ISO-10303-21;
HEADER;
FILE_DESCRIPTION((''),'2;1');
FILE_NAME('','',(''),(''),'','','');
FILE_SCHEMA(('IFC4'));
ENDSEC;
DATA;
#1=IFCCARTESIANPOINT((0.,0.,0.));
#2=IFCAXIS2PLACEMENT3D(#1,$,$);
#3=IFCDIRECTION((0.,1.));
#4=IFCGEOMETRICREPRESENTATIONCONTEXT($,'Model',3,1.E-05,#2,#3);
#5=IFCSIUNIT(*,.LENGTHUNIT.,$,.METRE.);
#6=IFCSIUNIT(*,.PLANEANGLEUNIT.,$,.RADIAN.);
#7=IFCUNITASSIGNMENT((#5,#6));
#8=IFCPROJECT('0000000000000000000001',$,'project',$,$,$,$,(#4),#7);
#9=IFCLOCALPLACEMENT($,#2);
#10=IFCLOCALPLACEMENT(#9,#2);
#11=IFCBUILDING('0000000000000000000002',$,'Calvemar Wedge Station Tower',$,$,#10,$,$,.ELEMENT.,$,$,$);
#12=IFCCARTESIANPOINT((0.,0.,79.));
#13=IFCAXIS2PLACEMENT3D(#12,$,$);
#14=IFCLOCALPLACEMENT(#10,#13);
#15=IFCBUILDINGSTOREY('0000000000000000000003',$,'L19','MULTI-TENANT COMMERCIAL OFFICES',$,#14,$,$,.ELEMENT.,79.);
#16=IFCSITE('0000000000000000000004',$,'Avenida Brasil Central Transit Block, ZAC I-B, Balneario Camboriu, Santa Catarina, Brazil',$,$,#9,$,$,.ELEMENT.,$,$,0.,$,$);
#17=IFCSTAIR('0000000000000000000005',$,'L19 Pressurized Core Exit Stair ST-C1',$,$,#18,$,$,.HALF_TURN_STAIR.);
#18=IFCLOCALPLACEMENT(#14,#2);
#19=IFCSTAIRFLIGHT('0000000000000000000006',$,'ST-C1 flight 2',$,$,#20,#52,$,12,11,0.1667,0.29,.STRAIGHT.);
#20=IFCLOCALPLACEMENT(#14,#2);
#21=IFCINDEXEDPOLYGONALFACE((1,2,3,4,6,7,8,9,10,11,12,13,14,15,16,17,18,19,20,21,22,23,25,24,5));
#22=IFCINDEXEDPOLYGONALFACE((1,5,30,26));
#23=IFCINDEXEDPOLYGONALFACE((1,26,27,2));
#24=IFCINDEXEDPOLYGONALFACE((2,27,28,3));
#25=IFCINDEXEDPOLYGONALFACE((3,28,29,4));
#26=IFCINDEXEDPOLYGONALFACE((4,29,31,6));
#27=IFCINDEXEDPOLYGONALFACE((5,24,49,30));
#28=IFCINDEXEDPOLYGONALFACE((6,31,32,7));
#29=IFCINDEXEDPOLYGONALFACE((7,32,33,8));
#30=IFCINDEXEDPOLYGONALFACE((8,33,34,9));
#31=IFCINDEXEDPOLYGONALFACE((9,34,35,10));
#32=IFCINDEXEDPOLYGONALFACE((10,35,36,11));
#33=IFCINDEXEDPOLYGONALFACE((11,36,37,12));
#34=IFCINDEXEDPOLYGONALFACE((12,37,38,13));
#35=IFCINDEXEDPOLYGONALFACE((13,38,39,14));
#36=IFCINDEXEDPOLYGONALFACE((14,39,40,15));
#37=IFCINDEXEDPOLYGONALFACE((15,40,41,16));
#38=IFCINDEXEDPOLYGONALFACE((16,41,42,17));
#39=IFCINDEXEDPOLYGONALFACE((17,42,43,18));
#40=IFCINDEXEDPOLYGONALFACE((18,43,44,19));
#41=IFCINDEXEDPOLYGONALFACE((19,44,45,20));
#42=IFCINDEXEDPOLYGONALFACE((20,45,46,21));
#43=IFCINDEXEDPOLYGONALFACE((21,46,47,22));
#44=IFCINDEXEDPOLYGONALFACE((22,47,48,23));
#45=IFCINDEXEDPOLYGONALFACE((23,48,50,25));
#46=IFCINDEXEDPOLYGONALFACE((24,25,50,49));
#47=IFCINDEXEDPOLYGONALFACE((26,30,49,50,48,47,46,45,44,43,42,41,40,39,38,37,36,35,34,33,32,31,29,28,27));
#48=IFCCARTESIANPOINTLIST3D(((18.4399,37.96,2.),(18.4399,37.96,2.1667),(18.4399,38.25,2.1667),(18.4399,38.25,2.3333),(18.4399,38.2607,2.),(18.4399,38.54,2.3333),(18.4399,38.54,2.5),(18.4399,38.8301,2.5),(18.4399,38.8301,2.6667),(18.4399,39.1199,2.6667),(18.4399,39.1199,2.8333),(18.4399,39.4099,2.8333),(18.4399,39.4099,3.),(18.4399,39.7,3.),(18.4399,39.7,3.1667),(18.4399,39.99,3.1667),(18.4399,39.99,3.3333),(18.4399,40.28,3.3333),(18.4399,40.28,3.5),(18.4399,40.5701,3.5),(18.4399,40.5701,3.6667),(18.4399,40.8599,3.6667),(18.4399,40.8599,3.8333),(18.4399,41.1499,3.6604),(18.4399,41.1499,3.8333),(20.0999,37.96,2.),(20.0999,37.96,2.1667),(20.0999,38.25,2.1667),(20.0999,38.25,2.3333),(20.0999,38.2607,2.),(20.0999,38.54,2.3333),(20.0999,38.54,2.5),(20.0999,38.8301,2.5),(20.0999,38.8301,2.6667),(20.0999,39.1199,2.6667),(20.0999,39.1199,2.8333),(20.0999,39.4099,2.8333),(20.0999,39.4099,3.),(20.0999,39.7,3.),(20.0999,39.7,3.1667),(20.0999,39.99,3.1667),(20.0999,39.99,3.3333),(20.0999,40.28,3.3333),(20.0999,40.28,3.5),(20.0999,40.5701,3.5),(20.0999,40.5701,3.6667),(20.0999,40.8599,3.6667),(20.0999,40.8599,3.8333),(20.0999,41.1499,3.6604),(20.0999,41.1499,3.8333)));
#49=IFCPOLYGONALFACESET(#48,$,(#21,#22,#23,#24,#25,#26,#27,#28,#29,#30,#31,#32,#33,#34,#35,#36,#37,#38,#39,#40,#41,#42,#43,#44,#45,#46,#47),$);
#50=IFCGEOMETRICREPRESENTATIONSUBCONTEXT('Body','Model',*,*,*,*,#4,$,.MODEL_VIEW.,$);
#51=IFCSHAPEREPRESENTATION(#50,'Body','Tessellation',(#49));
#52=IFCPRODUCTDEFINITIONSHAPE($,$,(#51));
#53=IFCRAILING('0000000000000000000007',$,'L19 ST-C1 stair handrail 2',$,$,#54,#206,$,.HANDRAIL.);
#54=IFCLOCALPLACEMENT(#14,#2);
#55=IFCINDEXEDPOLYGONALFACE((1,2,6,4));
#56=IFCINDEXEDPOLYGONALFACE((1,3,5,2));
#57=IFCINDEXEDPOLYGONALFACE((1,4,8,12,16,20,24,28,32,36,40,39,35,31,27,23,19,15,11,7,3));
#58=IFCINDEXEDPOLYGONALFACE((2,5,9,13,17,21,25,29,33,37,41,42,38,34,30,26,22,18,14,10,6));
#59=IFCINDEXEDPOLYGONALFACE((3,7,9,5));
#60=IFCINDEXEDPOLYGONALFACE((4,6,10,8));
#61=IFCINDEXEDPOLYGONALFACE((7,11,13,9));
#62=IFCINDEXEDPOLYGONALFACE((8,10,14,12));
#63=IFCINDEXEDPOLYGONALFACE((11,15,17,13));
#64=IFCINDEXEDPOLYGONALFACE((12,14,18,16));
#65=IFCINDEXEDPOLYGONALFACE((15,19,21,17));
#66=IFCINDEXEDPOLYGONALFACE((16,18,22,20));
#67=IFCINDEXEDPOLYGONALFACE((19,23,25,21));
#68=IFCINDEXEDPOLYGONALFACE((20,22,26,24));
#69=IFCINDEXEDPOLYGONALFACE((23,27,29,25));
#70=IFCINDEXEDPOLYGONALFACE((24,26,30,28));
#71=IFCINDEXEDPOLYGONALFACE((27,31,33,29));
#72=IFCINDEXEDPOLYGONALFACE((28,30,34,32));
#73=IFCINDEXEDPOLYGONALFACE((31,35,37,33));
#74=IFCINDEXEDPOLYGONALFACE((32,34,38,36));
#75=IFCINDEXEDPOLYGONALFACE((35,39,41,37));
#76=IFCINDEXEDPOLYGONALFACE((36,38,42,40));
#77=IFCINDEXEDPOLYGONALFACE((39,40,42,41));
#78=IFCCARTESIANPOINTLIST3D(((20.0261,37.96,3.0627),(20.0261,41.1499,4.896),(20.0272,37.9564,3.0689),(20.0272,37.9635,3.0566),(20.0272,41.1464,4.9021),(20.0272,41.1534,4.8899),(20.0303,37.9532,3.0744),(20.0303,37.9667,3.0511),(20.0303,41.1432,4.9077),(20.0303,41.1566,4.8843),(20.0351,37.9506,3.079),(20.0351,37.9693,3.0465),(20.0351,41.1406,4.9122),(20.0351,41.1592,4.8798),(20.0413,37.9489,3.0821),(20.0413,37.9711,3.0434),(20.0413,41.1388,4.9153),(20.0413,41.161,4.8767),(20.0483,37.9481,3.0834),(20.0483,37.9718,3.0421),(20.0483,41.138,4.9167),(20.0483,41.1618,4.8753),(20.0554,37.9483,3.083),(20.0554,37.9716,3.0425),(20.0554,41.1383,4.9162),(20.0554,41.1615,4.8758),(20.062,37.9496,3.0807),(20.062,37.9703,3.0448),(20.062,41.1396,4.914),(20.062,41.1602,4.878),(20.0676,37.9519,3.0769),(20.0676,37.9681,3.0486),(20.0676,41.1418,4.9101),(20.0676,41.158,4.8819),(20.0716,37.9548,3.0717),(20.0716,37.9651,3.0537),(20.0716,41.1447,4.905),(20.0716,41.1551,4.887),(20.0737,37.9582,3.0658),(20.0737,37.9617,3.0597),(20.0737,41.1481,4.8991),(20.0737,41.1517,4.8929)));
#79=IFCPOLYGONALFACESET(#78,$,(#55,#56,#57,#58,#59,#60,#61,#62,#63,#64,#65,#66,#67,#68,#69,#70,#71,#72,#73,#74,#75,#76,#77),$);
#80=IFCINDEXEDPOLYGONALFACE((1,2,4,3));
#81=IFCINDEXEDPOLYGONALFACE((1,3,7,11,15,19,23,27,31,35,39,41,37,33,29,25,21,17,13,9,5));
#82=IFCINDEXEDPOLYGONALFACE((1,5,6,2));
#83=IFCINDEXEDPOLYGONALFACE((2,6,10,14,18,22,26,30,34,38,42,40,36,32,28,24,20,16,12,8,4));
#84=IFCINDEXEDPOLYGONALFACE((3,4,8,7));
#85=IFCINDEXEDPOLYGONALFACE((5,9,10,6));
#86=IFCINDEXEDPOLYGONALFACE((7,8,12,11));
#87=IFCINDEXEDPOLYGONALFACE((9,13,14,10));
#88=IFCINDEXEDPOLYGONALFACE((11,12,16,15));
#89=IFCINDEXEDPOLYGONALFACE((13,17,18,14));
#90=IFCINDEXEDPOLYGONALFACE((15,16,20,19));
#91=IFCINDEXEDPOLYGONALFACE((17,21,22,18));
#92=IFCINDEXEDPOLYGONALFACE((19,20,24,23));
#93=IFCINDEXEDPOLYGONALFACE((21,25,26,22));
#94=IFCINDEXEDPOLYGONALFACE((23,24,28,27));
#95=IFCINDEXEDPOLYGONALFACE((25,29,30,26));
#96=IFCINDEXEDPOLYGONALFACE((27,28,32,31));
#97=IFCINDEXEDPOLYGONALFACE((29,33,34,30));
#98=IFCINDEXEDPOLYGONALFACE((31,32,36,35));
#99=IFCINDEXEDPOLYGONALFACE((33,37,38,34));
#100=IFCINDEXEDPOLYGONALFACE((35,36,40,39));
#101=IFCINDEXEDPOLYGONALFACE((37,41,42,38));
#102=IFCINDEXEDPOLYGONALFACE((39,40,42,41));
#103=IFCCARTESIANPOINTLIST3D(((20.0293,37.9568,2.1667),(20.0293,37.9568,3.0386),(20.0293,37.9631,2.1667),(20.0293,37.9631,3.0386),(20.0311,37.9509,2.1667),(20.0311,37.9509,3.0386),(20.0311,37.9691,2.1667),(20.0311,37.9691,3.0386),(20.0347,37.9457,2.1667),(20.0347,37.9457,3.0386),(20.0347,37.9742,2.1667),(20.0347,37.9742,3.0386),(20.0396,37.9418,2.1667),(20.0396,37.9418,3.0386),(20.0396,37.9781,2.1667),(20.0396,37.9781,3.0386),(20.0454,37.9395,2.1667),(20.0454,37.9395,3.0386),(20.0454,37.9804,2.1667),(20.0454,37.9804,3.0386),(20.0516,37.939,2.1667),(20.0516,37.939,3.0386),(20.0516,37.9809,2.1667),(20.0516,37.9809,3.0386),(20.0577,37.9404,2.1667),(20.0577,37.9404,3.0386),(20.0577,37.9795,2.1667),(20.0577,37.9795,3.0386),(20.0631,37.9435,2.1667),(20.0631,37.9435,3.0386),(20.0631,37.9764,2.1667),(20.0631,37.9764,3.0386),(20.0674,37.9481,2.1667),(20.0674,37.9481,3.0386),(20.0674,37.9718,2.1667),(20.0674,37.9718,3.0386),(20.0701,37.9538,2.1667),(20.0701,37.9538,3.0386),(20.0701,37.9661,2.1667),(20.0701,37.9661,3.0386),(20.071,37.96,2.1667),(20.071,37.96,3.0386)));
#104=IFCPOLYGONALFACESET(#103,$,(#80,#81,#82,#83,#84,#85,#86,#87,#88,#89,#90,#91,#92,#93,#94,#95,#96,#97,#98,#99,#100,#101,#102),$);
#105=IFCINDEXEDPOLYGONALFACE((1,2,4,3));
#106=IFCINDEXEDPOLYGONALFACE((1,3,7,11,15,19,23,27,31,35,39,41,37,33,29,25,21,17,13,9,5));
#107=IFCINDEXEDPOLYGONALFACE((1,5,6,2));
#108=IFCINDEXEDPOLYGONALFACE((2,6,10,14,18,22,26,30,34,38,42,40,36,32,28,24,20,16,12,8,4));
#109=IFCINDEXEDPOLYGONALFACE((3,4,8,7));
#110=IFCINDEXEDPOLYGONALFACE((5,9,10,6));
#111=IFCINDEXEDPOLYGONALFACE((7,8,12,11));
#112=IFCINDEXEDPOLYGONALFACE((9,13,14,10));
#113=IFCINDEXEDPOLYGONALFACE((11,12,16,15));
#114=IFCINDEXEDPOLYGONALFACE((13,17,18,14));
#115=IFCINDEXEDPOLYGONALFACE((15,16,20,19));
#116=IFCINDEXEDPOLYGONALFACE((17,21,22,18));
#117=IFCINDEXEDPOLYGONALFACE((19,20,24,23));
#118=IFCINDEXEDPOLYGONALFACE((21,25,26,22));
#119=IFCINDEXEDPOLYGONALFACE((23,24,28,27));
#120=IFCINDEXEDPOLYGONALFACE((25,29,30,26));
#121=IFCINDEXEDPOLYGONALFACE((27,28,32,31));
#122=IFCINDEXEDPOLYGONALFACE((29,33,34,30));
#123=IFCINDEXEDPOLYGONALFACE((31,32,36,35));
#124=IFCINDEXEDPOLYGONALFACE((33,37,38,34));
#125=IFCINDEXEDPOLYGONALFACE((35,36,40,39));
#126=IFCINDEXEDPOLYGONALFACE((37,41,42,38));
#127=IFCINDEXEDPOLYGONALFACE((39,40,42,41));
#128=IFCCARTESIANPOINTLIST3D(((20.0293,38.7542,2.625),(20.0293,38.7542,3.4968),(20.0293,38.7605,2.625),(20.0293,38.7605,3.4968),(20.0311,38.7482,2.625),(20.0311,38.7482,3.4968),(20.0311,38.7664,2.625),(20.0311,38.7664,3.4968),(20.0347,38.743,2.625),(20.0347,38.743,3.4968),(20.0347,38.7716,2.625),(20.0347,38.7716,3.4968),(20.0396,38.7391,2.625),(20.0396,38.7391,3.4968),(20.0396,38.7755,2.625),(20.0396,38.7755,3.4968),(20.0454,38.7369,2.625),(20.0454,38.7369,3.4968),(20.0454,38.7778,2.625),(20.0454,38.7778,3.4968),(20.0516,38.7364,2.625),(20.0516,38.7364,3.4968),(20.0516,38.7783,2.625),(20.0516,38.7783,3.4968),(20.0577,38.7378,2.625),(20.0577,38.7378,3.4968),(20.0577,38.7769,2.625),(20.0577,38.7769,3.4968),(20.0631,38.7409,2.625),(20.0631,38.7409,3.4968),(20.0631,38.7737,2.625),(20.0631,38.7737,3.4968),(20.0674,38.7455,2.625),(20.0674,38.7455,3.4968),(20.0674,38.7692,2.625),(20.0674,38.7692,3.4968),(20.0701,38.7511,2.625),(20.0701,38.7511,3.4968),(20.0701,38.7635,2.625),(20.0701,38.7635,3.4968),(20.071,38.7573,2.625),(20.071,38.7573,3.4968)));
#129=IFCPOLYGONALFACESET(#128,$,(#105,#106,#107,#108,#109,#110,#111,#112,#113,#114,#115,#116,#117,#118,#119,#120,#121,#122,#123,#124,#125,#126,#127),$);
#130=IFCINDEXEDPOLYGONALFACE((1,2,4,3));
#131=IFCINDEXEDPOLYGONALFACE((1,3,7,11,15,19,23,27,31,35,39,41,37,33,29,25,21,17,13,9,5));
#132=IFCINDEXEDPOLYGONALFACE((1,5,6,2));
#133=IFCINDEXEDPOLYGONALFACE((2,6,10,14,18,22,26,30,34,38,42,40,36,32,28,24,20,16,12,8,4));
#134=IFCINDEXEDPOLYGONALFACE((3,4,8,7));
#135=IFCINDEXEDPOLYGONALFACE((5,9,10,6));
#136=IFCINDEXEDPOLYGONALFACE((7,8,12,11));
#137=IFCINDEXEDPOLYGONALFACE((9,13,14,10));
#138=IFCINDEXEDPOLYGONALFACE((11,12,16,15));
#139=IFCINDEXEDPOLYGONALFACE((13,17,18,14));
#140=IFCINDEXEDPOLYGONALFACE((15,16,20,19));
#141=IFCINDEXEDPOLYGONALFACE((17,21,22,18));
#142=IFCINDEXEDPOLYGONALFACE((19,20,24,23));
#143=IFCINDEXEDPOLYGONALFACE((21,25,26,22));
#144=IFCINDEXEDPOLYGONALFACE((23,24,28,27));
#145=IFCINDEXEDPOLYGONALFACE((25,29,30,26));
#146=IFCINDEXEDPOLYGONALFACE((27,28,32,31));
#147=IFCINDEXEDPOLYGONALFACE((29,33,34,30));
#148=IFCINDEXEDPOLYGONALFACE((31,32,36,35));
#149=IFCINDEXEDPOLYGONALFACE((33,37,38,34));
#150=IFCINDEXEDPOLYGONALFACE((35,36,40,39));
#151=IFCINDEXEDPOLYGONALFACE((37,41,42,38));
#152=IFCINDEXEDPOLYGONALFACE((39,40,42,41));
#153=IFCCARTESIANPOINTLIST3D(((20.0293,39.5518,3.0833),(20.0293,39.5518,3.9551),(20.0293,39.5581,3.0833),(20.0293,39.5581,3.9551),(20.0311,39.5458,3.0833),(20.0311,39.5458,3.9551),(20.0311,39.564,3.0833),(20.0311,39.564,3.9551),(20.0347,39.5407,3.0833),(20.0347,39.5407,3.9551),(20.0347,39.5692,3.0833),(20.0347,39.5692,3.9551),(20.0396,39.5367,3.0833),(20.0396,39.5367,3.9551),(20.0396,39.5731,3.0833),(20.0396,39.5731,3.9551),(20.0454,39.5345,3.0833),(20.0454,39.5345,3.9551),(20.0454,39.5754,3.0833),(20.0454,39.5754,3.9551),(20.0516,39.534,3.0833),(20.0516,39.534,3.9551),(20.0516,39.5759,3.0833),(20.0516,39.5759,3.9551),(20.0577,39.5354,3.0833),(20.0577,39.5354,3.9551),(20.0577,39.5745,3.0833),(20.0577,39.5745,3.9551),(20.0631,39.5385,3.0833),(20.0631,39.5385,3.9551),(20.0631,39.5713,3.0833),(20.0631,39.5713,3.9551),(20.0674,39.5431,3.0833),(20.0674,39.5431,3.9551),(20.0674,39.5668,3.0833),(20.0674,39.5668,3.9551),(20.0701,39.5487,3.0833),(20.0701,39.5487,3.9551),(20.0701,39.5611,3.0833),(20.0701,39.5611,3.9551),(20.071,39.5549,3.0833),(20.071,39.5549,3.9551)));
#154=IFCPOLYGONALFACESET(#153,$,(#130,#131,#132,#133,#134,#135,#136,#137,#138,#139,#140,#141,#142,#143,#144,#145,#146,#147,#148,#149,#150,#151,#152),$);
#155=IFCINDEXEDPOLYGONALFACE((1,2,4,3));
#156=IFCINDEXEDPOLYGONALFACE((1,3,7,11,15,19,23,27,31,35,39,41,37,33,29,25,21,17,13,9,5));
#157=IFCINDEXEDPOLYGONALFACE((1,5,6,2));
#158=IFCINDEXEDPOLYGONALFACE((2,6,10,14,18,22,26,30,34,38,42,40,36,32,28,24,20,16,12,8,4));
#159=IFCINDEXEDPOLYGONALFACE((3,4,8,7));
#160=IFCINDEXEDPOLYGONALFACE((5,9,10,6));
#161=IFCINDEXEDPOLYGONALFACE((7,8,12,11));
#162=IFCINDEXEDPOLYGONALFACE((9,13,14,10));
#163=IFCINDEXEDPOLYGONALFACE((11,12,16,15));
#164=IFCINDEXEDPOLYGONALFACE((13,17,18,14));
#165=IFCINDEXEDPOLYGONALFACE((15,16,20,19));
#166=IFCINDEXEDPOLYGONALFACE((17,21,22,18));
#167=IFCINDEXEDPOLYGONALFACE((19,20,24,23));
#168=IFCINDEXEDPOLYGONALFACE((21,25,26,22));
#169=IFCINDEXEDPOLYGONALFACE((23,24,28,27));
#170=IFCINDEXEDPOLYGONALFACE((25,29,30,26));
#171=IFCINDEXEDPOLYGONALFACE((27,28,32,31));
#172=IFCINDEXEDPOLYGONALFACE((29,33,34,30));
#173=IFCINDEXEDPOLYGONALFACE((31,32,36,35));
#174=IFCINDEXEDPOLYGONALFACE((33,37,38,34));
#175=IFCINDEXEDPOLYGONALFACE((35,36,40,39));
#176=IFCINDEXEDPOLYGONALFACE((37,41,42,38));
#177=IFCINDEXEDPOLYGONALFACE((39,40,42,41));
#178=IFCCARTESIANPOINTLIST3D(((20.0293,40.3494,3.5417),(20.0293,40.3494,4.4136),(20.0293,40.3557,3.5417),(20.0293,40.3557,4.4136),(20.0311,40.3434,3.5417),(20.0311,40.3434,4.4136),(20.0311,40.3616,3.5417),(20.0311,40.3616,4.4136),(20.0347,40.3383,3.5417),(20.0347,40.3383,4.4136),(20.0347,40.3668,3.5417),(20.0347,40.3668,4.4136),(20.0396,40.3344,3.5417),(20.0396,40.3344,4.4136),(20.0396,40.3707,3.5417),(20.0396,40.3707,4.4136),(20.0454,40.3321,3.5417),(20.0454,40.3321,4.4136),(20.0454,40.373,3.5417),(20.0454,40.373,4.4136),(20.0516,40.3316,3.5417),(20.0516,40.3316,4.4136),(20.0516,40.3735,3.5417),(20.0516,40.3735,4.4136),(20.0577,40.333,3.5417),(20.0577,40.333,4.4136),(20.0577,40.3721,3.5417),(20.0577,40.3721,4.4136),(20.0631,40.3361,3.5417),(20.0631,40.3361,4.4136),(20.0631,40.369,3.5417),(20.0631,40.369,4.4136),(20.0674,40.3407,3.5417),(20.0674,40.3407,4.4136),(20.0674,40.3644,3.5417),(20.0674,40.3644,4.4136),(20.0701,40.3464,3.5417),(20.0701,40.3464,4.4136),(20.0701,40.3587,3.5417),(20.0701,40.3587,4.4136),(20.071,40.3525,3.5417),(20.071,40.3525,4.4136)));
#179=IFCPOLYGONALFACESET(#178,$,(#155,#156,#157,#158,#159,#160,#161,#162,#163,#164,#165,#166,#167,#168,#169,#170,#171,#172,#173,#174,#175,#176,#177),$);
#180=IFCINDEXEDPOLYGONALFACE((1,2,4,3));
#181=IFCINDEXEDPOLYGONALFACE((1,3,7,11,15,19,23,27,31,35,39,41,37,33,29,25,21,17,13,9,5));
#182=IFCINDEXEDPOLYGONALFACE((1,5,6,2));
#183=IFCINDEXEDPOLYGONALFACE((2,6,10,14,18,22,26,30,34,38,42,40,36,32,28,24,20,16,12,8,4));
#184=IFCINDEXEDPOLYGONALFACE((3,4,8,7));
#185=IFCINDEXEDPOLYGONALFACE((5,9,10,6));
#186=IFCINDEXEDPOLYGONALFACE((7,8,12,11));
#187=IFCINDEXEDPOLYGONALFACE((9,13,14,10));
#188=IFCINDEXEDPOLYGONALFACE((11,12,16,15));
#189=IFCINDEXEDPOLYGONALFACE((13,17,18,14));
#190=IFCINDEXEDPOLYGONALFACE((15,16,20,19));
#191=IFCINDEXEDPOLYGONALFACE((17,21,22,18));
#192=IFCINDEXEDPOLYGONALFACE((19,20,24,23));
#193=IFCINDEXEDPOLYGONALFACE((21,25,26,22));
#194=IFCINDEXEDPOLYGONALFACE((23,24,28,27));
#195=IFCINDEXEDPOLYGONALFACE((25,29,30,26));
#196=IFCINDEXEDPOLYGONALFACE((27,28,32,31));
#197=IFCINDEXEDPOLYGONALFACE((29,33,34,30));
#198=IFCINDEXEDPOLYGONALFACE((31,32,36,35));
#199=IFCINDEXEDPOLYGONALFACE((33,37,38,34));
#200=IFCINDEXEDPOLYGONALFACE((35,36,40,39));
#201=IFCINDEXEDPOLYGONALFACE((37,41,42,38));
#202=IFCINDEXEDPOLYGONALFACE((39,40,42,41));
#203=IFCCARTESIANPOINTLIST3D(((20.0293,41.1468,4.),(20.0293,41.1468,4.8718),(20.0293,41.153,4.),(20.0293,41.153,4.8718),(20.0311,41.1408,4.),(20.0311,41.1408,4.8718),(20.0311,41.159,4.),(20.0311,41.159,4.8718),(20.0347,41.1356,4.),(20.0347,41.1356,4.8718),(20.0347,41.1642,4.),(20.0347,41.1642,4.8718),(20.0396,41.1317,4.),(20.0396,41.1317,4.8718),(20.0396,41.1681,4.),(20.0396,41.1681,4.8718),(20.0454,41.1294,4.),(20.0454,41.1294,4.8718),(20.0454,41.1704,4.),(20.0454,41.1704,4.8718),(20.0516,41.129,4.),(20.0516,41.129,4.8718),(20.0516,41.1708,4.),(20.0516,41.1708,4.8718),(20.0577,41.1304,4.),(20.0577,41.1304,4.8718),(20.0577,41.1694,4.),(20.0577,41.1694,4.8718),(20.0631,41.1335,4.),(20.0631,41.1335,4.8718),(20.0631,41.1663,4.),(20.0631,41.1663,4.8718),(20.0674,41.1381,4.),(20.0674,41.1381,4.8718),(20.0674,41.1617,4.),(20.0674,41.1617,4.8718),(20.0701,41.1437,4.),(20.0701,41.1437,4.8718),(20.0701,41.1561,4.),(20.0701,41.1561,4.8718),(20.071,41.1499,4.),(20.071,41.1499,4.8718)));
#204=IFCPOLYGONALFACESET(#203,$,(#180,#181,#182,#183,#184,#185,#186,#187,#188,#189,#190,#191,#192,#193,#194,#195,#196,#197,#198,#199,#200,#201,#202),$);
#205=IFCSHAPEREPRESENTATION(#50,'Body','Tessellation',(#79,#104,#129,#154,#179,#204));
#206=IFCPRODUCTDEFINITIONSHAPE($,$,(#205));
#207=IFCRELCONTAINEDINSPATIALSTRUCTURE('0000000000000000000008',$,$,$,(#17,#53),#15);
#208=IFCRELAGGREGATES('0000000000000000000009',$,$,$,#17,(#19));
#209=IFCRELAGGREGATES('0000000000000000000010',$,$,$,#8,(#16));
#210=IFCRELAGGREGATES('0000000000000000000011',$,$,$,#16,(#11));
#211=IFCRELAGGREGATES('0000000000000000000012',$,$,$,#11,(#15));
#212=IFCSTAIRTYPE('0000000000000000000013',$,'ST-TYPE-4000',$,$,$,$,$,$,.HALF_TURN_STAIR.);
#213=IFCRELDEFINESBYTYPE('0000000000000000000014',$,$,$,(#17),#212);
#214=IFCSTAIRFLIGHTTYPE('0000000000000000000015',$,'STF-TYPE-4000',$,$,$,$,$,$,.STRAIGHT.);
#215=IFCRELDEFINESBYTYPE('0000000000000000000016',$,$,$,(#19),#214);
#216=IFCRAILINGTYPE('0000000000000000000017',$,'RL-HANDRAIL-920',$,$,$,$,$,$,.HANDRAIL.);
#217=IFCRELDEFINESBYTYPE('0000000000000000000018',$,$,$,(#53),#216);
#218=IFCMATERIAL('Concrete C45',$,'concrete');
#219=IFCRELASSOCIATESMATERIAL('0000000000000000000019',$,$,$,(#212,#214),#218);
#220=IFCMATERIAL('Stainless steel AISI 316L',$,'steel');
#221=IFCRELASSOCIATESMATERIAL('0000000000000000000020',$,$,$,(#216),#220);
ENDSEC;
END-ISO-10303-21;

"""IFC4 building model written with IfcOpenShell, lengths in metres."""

from ifc_helpers import new_model, si_unit, direction, frame, origin, origin_2d, place, context, subcontext, project, spatial, polyline, circle, outline, extrude, material, type_object, element, aggregate, save


model = new_model("IFC4")

# Units and contexts
model_context = context("Model", 3, precision=1e-05, world=origin(), true_north=direction((0.0, 1.0)))
body_context = subcontext(model_context, "Body", "Model", "MODEL_VIEW")
ifc_project = project(units=[si_unit("LENGTHUNIT", "METRE"), si_unit("PLANEANGLEUNIT", "RADIAN")], contexts=[model_context])

# Site, building, storey
site_placement = place(None, origin())
site = spatial("IfcSite", under=ifc_project, at=site_placement, Name="Avenida Brasil Central Transit Block, ZAC I-B, Balneario Camboriu, Santa Catarina, Brazil", CompositionType="ELEMENT", RefElevation=0.0)
building_placement = place(site_placement, origin())
building = spatial("IfcBuilding", under=site, at=building_placement, Name="Calvemar Wedge Station Tower", CompositionType="ELEMENT")
storey_placement = place(building_placement, frame((0.0, 0.0, 79.0)))
storey = spatial("IfcBuildingStorey", under=building, at=storey_placement, Name="L19", Description="MULTI-TENANT COMMERCIAL OFFICES", CompositionType="ELEMENT", Elevation=79.0)

# Stair, stair flight
ifc_material_1 = material(Name="Concrete C45", Category="concrete")
stair_type = type_object("IfcStairType", Name="ST-TYPE-4000", PredefinedType="HALF_TURN_STAIR", material=ifc_material_1)
stair_placement = place(storey_placement, origin())
stair = element("IfcStair", 1, at=stair_placement, inside=storey, type_object=stair_type, Name="L19 Pressurized Core Exit Stair ST-C1", PredefinedType="HALF_TURN_STAIR")
stair_flight_type = type_object("IfcStairFlightType", Name="STF-TYPE-4000", PredefinedType="STRAIGHT", material=ifc_material_1)
stair_flight_placement = place(storey_placement, frame((19.27, 37.96, 2.0), z_axis=(0.0, 0.0, 1.0), x_axis=(0.0, 1.0, 0.0)))
stair_flight = element("IfcStairFlight", 2, at=stair_flight_placement, type_object=stair_flight_type, Name="ST-C1 flight 2", NumberOfRisers=12, NumberOfTreads=11, PredefinedType="STRAIGHT", RiserHeight=0.1667, TreadLength=0.29, context=body_context, shape_type="SweptSolid", body=[
    extrude(outline(polyline([(0.0, 0.0), (0.0, 0.1667), (0.29, 0.1667), (0.29, 0.3333), (0.5801, 0.3333), (0.5801, 0.5), (0.8701, 0.5), (0.8701, 0.6667), (1.1599, 0.6667), (1.1599, 0.8333), (1.45, 0.8333), (1.45, 1.0), (1.74, 1.0), (1.74, 1.1667), (2.03, 1.1667), (2.03, 1.3333), (2.3201, 1.3333), (2.3201, 1.5), (2.6101, 1.5), (2.6101, 1.6667), (2.8999, 1.6667), (2.8999, 1.8333), (3.1899, 1.8333), (3.1899, 2.0), (3.1899, 1.6604), (0.3008, 0.0), (0.0, 0.0)])), frame((0.0, 0.8301, 0.0), z_axis=(0.0, -1.0, 0.0), x_axis=(1.0, 0.0, 0.0)), (0.0, 0.0, 1.0), 1.6599),
])
aggregate(stair, [stair_flight])

# Railing
ifc_material_2 = material(Name="Stainless steel AISI 316L", Category="steel")
railing_type_1 = type_object("IfcRailingType", Name="RL-HANDRAIL-920", PredefinedType="HANDRAIL", material=ifc_material_2)
railing_1_placement = place(storey_placement, frame((20.05, 37.96, 2.1667)))
element("IfcRailing", 3, at=railing_1_placement, inside=storey, type_object=railing_type_1, Name="L19 ST-C1 stair handrail 2", PredefinedType="HANDRAIL", context=body_context, shape_type="SweptSolid", body=[
    extrude(circle(Radius=0.0239, at=origin_2d()), frame((0.0, 0.0, 0.896), z_axis=(0.0, 0.86702, 0.498274), x_axis=(-1.0, 0.0, 0.0)), (0.0, 0.0, 1.0), 3.6792),
    extrude(circle(Radius=0.021, at=origin_2d()), origin(), (0.0, 0.0, 1.0), 0.8718),
    extrude(circle(Radius=0.021, at=origin_2d()), frame((0.0, 0.7974, 0.4583)), (0.0, 0.0, 1.0), 0.8718),
    extrude(circle(Radius=0.021, at=origin_2d()), frame((0.0, 1.595, 0.9165)), (0.0, 0.0, 1.0), 0.8718),
    extrude(circle(Radius=0.021, at=origin_2d()), frame((0.0, 2.3926, 1.375)), (0.0, 0.0, 1.0), 0.8718),
    extrude(circle(Radius=0.021, at=origin_2d()), frame((0.0, 3.1899, 1.8333)), (0.0, 0.0, 1.0), 0.8718),
])

save(model, "model.ifc")
